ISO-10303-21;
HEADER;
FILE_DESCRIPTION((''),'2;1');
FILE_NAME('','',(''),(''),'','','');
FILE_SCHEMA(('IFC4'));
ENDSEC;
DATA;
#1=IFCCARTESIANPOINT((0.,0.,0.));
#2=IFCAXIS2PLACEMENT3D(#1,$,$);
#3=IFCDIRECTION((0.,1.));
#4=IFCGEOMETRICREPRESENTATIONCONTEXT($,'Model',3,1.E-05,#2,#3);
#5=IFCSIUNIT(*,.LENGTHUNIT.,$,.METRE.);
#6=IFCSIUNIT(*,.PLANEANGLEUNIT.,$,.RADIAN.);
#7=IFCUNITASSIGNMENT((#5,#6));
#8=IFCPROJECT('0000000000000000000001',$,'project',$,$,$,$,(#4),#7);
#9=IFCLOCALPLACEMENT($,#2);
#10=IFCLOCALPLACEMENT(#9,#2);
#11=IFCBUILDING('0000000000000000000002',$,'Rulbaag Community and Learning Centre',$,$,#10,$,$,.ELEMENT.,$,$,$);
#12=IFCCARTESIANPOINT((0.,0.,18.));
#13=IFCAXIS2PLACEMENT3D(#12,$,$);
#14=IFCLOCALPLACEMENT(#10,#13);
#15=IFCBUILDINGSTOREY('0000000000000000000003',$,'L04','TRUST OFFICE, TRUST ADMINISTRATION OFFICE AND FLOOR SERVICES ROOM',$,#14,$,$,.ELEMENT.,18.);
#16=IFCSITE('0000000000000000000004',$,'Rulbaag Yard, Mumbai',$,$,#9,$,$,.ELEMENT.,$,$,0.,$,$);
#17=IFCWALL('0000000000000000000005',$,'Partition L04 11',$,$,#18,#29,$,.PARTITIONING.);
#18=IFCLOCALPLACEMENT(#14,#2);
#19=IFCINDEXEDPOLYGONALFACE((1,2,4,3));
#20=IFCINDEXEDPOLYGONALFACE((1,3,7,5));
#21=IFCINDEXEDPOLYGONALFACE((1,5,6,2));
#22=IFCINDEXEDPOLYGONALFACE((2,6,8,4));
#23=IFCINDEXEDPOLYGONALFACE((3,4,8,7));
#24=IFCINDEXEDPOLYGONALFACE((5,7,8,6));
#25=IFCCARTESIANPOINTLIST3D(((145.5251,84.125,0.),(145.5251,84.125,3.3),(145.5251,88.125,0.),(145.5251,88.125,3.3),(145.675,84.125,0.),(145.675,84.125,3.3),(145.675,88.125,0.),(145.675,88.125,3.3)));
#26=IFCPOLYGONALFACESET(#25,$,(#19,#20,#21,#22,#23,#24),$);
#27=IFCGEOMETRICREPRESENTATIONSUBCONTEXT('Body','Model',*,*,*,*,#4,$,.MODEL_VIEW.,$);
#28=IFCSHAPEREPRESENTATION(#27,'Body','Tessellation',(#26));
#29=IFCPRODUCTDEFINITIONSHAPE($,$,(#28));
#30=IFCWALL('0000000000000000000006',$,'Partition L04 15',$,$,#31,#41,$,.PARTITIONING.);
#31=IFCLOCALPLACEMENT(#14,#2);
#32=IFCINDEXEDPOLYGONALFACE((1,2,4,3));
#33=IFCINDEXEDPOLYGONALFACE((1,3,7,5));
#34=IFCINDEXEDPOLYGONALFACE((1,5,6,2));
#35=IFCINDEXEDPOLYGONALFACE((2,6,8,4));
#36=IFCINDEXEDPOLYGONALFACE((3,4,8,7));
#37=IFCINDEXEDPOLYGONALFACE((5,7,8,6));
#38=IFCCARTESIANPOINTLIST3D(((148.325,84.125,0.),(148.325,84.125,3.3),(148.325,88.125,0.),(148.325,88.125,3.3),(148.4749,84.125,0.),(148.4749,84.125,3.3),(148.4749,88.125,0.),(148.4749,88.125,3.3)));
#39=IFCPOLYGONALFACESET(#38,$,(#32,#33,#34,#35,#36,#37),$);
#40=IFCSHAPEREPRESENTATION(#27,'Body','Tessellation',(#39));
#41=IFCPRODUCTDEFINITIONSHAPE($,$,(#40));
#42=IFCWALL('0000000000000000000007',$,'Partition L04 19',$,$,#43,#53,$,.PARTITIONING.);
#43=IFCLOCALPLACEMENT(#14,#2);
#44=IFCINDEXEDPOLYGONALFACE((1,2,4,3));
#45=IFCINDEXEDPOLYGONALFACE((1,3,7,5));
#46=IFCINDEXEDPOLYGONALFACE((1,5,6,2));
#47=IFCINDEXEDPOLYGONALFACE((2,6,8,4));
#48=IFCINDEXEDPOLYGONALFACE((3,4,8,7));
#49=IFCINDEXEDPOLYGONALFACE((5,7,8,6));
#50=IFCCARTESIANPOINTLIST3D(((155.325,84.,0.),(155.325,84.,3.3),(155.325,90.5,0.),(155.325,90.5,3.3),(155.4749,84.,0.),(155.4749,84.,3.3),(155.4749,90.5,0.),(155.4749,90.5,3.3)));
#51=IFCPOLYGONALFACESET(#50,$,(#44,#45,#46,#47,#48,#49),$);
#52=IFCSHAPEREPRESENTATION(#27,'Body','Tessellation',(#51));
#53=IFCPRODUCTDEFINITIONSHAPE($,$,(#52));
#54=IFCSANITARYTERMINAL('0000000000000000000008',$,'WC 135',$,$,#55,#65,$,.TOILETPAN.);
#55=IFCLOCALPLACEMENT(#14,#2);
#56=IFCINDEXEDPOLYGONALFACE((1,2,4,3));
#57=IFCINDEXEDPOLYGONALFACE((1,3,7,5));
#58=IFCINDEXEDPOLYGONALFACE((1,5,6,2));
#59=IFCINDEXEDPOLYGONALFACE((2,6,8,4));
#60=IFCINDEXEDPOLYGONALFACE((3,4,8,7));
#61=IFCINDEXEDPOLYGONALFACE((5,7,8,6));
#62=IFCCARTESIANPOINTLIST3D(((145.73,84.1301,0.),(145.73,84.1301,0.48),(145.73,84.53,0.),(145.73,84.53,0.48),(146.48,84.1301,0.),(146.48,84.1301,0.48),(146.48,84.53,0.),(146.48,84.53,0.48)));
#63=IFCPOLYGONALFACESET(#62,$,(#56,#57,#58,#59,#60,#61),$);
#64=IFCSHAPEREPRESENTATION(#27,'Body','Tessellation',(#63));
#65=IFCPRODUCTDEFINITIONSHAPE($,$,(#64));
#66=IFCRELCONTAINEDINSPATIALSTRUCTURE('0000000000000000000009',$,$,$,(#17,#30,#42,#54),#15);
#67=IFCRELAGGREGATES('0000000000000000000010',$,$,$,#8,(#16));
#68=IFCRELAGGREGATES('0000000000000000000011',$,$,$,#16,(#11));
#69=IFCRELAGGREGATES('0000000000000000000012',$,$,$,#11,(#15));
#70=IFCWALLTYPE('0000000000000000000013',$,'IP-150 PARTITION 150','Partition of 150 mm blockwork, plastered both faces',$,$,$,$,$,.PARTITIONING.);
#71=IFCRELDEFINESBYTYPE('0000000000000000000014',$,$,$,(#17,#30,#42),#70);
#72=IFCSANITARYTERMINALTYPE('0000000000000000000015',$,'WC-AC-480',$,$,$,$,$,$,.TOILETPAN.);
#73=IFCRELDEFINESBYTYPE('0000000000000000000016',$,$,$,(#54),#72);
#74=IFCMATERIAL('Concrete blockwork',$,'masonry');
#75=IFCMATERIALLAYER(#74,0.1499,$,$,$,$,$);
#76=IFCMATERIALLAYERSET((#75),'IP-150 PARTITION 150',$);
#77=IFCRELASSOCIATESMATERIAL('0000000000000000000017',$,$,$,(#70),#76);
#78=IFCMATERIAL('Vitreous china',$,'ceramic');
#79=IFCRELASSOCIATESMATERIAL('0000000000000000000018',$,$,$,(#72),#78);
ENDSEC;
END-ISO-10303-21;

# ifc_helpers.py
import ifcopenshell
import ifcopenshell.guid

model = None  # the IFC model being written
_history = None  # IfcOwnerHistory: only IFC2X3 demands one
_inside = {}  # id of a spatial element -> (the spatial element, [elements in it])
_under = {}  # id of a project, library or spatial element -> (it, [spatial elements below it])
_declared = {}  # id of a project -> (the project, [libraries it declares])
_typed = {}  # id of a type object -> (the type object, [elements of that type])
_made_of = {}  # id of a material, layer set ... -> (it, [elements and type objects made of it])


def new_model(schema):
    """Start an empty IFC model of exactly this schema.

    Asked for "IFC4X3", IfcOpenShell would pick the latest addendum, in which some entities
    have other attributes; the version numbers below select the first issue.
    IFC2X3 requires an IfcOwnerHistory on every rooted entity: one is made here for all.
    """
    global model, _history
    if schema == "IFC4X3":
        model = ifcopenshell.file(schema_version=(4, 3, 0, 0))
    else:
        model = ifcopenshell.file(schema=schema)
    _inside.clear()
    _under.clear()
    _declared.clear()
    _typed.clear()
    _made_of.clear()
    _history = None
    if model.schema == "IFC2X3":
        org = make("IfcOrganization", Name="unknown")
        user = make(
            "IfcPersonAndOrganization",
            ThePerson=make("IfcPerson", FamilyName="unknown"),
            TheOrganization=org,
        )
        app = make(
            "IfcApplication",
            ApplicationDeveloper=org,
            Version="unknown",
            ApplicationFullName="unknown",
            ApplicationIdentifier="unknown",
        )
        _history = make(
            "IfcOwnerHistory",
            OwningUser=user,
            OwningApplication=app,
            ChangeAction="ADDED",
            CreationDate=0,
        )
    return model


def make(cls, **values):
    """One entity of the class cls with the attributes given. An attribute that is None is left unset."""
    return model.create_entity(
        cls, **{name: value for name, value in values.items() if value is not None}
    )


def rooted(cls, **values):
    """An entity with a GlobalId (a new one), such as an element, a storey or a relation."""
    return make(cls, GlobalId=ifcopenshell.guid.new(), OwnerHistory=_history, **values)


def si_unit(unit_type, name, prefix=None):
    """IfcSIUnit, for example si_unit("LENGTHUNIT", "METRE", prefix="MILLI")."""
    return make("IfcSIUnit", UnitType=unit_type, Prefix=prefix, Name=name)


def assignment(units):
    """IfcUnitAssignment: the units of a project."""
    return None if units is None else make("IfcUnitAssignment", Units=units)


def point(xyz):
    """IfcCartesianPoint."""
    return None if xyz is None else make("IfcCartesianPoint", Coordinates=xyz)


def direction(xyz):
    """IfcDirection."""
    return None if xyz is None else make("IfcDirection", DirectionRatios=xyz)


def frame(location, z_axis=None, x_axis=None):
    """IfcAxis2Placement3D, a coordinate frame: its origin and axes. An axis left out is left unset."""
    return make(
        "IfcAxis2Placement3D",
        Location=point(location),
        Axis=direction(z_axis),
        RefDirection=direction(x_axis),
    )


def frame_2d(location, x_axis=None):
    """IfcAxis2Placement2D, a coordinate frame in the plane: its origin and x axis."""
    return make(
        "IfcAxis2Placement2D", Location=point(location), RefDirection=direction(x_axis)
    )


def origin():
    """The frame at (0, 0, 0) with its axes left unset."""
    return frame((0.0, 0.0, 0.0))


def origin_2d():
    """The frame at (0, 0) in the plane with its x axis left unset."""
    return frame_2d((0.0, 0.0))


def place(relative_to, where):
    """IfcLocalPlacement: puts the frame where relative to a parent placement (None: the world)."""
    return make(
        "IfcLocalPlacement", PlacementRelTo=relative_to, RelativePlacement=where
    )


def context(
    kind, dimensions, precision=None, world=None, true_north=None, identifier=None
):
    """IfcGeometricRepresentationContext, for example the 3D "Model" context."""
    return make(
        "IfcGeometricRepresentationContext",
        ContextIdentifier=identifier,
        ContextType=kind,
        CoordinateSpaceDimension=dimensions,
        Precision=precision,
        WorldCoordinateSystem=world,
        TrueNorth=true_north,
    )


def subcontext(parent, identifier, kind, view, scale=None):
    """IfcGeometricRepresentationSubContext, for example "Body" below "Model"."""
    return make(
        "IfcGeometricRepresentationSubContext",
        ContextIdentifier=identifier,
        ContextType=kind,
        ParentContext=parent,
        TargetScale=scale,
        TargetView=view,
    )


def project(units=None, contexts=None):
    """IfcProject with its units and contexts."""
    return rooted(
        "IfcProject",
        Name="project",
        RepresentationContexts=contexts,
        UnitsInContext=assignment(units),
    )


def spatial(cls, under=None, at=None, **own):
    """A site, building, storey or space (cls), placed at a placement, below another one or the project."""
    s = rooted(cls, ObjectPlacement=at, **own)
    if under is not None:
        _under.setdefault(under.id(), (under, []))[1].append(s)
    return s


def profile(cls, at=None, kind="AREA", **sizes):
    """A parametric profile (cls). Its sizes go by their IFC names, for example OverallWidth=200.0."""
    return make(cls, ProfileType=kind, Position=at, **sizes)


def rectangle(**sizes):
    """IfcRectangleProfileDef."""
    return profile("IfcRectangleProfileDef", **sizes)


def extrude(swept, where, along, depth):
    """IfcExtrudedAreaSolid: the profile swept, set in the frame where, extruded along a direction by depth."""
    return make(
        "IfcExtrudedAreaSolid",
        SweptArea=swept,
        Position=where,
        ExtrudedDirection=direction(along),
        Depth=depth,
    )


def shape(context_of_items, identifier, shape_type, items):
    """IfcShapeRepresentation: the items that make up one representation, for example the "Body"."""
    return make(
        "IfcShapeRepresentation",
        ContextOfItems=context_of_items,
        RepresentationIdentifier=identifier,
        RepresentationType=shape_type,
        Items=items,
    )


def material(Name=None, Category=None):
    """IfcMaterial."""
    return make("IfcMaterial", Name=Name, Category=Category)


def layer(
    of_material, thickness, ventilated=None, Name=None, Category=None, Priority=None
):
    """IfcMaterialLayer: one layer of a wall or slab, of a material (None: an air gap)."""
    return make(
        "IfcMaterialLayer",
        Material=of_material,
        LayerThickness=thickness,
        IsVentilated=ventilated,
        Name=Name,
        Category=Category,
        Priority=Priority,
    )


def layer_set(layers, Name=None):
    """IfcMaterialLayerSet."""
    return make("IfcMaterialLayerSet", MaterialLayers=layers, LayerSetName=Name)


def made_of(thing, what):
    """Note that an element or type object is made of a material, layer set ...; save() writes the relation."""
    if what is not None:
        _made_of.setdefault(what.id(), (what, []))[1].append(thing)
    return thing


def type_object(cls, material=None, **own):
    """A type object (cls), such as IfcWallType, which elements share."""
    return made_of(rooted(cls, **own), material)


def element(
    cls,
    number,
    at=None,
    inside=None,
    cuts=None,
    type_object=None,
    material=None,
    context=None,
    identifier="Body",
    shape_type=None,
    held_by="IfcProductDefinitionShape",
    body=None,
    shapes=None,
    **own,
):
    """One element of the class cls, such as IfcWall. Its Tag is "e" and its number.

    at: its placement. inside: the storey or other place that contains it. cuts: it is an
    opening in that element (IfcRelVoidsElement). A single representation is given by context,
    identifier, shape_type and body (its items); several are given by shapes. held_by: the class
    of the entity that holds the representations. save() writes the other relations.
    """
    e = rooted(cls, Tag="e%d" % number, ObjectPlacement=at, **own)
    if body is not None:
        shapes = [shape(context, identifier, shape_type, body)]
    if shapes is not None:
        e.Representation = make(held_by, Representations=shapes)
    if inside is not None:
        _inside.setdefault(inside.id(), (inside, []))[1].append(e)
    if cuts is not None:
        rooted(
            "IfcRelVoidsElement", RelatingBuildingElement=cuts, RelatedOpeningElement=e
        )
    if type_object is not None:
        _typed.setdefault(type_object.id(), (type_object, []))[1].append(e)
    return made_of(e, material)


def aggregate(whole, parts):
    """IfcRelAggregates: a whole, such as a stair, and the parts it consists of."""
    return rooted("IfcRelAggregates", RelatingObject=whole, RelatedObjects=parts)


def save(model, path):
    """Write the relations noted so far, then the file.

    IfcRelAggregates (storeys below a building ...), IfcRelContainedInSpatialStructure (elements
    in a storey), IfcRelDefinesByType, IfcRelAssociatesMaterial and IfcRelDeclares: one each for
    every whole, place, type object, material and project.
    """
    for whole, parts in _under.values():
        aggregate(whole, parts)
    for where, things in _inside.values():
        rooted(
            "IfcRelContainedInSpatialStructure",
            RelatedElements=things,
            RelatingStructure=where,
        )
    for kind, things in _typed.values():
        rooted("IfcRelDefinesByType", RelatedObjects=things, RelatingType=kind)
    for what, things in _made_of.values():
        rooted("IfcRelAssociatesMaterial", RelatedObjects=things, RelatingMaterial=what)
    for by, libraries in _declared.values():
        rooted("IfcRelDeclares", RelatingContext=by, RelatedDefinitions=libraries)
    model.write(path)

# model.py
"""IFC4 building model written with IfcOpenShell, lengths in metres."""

from ifc_helpers import new_model, si_unit, direction, frame, frame_2d, origin, origin_2d, place, context, subcontext, project, spatial, rectangle, extrude, material, layer, layer_set, type_object, element, save


model = new_model("IFC4")

# Units and contexts
model_context = context("Model", 3, precision=1e-05, world=origin(), true_north=direction((0.0, 1.0)))
body_context = subcontext(model_context, "Body", "Model", "MODEL_VIEW")
ifc_project = project(units=[si_unit("LENGTHUNIT", "METRE"), si_unit("PLANEANGLEUNIT", "RADIAN")], contexts=[model_context])

# Site, building, storey
site_placement = place(None, origin())
site = spatial("IfcSite", under=ifc_project, at=site_placement, Name="Rulbaag Yard, Mumbai", CompositionType="ELEMENT", RefElevation=0.0)
building_placement = place(site_placement, origin())
building = spatial("IfcBuilding", under=site, at=building_placement, Name="Rulbaag Community and Learning Centre", CompositionType="ELEMENT")
storey_placement = place(building_placement, frame((0.0, 0.0, 18.0)))
storey = spatial("IfcBuildingStorey", under=building, at=storey_placement, Name="L04", Description="TRUST OFFICE, TRUST ADMINISTRATION OFFICE AND FLOOR SERVICES ROOM", CompositionType="ELEMENT", Elevation=18.0)

# Walls
ifc_material_1 = material(Name="Concrete blockwork", Category="masonry")
ifc_layer_1 = layer(ifc_material_1, 0.1499)
ifc_layer_set_1 = layer_set([ifc_layer_1], Name="IP-150 PARTITION 150")
wall_type_1 = type_object("IfcWallType", Name="IP-150 PARTITION 150", Description="Partition of 150 mm blockwork, plastered both faces", PredefinedType="PARTITIONING", material=ifc_layer_set_1)
for number, where, z_axis, x_axis, name in (
    (1, (145.6001, 84.125, 0.0), (0.0, 0.0, 1.0), (0.0, 1.0, 0.0), "Partition L04 11"),
    (2, (148.3999, 84.125, 0.0), (0.0, 0.0, 1.0), (0.0, 1.0, 0.0), "Partition L04 15"),
):
    element("IfcWall", number, at=place(storey_placement, frame(where, z_axis=z_axis, x_axis=x_axis)), inside=storey, type_object=wall_type_1, Name=name, PredefinedType="PARTITIONING", context=body_context, shape_type="SweptSolid", body=[
        extrude(rectangle(XDim=4.0, YDim=0.1499, at=frame_2d((2.0, 0.0))), origin(), (0.0, 0.0, 1.0), 3.3),
    ])
wall_1_placement = place(storey_placement, frame((155.3999, 84.0, 0.0), z_axis=(0.0, 0.0, 1.0), x_axis=(0.0, 1.0, 0.0)))
element("IfcWall", 3, at=wall_1_placement, inside=storey, type_object=wall_type_1, Name="Partition L04 19", PredefinedType="PARTITIONING", context=body_context, shape_type="SweptSolid", body=[
    extrude(rectangle(XDim=6.5, YDim=0.1499, at=frame_2d((3.25, 0.0))), origin(), (0.0, 0.0, 1.0), 3.3),
])

# Sanitary terminal
ifc_material_2 = material(Name="Vitreous china", Category="ceramic")
sanitary_terminal_type = type_object("IfcSanitaryTerminalType", Name="WC-AC-480", PredefinedType="TOILETPAN", material=ifc_material_2)
sanitary_terminal_placement = place(storey_placement, frame((146.105, 84.3301, 0.0), z_axis=(0.0, 0.0, 1.0), x_axis=(1.0, 0.0, 0.0)))
element("IfcSanitaryTerminal", 4, at=sanitary_terminal_placement, inside=storey, type_object=sanitary_terminal_type, Name="WC 135", PredefinedType="TOILETPAN", context=body_context, shape_type="SweptSolid", body=[
    extrude(rectangle(XDim=0.75, YDim=0.3999, at=origin_2d()), origin(), (0.0, 0.0, 1.0), 0.48),
])

save(model, "model.ifc")
